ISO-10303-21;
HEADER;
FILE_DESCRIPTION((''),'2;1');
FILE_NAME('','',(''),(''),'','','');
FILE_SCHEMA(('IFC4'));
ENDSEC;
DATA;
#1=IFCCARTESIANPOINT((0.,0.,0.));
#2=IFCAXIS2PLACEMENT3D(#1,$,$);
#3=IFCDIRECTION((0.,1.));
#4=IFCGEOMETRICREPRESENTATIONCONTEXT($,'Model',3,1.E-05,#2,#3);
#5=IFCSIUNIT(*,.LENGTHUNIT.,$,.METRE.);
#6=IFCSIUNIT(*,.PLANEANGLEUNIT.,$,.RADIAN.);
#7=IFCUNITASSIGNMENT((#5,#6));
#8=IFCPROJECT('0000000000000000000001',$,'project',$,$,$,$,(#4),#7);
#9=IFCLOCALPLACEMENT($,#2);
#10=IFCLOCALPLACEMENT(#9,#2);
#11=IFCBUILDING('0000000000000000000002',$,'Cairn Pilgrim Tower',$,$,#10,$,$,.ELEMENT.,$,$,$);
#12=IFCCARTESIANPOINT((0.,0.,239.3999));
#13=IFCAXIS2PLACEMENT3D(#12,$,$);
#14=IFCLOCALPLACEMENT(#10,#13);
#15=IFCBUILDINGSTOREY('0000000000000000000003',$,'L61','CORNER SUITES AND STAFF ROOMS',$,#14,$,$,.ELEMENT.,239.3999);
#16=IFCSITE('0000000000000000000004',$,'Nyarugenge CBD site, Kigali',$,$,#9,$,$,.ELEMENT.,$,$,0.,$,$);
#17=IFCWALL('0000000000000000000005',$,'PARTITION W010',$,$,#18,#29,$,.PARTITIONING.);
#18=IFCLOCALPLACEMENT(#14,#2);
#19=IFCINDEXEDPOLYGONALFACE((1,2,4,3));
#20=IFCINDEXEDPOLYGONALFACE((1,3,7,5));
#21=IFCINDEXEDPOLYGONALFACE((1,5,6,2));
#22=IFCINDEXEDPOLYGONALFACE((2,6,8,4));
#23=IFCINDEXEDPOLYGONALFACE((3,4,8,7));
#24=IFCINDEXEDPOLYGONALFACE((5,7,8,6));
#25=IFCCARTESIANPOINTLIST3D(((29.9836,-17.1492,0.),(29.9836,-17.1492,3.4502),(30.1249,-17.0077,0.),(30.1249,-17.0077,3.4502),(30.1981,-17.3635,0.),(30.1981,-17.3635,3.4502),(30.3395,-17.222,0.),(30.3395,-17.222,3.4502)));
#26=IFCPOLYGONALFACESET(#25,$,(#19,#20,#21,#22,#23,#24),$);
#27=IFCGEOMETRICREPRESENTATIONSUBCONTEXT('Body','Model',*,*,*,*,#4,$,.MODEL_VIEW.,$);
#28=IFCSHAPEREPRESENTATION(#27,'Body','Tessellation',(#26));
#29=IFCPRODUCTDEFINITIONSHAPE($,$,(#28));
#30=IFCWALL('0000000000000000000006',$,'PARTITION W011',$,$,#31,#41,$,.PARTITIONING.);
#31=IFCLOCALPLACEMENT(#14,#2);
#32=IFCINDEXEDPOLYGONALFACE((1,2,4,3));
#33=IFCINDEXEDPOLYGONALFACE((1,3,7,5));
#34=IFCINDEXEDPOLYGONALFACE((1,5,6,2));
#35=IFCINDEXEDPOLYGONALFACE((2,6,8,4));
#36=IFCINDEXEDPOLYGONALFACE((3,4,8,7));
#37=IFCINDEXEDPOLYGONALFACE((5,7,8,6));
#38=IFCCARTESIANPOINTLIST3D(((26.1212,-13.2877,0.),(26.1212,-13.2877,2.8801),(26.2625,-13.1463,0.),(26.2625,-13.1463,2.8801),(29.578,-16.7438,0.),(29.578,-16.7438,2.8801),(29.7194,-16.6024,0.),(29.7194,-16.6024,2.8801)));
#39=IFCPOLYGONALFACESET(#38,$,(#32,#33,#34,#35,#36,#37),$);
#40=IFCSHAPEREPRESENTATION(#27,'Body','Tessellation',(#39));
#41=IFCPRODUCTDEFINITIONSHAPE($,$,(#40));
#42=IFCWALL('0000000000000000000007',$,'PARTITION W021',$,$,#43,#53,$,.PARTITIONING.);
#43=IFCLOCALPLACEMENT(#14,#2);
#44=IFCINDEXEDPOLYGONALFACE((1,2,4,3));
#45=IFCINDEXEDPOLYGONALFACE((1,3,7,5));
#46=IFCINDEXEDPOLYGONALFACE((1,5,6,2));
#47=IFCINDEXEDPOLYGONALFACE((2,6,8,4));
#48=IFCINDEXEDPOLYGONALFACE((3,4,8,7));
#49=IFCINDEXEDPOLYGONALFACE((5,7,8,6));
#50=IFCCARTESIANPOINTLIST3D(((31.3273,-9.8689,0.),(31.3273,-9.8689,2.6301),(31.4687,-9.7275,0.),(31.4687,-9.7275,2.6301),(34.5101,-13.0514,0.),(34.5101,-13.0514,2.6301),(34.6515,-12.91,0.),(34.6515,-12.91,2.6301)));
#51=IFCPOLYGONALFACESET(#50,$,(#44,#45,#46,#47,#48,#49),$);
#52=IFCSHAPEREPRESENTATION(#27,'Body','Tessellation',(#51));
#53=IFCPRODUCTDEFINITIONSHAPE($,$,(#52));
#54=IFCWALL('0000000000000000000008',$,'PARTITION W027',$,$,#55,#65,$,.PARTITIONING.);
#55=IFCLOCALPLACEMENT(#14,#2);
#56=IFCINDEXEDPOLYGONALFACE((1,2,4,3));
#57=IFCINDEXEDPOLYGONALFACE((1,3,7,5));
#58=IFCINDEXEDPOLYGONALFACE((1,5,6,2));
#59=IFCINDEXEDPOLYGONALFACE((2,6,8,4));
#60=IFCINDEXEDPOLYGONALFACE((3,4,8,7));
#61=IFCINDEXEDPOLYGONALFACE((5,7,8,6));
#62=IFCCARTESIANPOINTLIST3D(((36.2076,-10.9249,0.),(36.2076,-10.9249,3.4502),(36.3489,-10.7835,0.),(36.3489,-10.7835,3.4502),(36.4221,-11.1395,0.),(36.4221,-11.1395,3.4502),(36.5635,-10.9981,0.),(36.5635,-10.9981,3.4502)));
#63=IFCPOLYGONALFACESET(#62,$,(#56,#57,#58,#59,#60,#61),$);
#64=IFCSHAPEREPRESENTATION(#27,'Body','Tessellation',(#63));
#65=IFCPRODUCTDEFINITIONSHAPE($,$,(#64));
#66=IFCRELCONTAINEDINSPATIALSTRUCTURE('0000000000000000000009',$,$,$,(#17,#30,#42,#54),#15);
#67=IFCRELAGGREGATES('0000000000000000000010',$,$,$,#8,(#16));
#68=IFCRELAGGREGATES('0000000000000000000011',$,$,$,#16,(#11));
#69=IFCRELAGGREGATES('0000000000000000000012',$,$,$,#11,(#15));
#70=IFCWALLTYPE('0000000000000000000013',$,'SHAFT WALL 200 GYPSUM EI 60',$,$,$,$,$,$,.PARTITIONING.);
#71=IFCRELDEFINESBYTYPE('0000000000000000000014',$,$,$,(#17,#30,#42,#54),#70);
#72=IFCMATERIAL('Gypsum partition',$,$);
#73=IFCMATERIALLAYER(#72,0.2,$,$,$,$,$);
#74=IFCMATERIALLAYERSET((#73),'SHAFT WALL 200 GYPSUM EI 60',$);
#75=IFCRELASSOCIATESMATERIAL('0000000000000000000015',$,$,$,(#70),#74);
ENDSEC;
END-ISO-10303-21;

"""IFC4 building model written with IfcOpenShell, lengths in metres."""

from ifc_helpers import new_model, si_unit, direction, frame, frame_2d, origin, place, context, subcontext, project, spatial, rectangle, extrude, material, layer, layer_set, type_object, element, save


model = new_model("IFC4")

# Units and contexts
model_context = context("Model", 3, precision=1e-05, world=origin(), true_north=direction((0.0, 1.0)))
body_context = subcontext(model_context, "Body", "Model", "MODEL_VIEW")
ifc_project = project(units=[si_unit("LENGTHUNIT", "METRE"), si_unit("PLANEANGLEUNIT", "RADIAN")], contexts=[model_context])

# Site, building, storey
site_placement = place(None, origin())
site = spatial("IfcSite", under=ifc_project, at=site_placement, Name="Nyarugenge CBD site, Kigali", CompositionType="ELEMENT", RefElevation=0.0)
building_placement = place(site_placement, origin())
building = spatial("IfcBuilding", under=site, at=building_placement, Name="Cairn Pilgrim Tower", CompositionType="ELEMENT")
storey_placement = place(building_placement, frame((0.0, 0.0, 239.3999)))
storey = spatial("IfcBuildingStorey", under=building, at=storey_placement, Name="L61", Description="CORNER SUITES AND STAFF ROOMS", CompositionType="ELEMENT", Elevation=239.3999)

# Shared definitions
ifc_material_1 = material(Name="Gypsum partition")

# Walls
ifc_layer_1 = layer(ifc_material_1, 0.2)
ifc_layer_set_1 = layer_set([ifc_layer_1], Name="SHAFT WALL 200 GYPSUM EI 60")
wall_type_1 = type_object("IfcWallType", Name="SHAFT WALL 200 GYPSUM EI 60", PredefinedType="PARTITIONING", material=ifc_layer_set_1)
wall_1_placement = place(storey_placement, frame((30.2688, -17.2927, 0.0), z_axis=(0.0, 0.0, 1.0), x_axis=(-0.707509, 0.706704, 0.0)))
element("IfcWall", 1, at=wall_1_placement, inside=storey, type_object=wall_type_1, Name="PARTITION W010", PredefinedType="PARTITIONING", context=body_context, shape_type="SweptSolid", body=[
    extrude(rectangle(XDim=0.3032, YDim=0.2, at=frame_2d((0.1516, 0.0))), origin(), (0.0, 0.0, 1.0), 3.4502),
])
wall_2_placement = place(storey_placement, frame((29.6487, -16.6731, 0.0), z_axis=(0.0, 0.0, 1.0), x_axis=(-0.707182, 0.707032, 0.0)))
element("IfcWall", 2, at=wall_2_placement, inside=storey, type_object=wall_type_1, Name="PARTITION W011", PredefinedType="PARTITIONING", context=body_context, shape_type="SweptSolid", body=[
    extrude(rectangle(XDim=4.8882, YDim=0.2, at=frame_2d((2.4441, 0.0))), origin(), (0.0, 0.0, 1.0), 2.8801),
])
wall_3_placement = place(storey_placement, frame((34.5808, -12.9807, 0.0), z_axis=(0.0, 0.0, 1.0), x_axis=(-0.707134, 0.70708, 0.0)))
element("IfcWall", 3, at=wall_3_placement, inside=storey, type_object=wall_type_1, Name="PARTITION W021", PredefinedType="PARTITIONING", context=body_context, shape_type="SweptSolid", body=[
    extrude(rectangle(XDim=4.501, YDim=0.2, at=frame_2d((2.2505, 0.0))), origin(), (0.0, 0.0, 1.0), 2.6301),
])
wall_4_placement = place(storey_placement, frame((36.4929, -11.0688, 0.0), z_axis=(0.0, 0.0, 1.0), x_axis=(-0.707107, 0.707107, 0.0)))
element("IfcWall", 4, at=wall_4_placement, inside=storey, type_object=wall_type_1, Name="PARTITION W027", PredefinedType="PARTITIONING", context=body_context, shape_type="SweptSolid", body=[
    extrude(rectangle(XDim=0.3035, YDim=0.2, at=frame_2d((0.1519, 0.0))), origin(), (0.0, 0.0, 1.0), 3.4502),
])

save(model, "model.ifc")
